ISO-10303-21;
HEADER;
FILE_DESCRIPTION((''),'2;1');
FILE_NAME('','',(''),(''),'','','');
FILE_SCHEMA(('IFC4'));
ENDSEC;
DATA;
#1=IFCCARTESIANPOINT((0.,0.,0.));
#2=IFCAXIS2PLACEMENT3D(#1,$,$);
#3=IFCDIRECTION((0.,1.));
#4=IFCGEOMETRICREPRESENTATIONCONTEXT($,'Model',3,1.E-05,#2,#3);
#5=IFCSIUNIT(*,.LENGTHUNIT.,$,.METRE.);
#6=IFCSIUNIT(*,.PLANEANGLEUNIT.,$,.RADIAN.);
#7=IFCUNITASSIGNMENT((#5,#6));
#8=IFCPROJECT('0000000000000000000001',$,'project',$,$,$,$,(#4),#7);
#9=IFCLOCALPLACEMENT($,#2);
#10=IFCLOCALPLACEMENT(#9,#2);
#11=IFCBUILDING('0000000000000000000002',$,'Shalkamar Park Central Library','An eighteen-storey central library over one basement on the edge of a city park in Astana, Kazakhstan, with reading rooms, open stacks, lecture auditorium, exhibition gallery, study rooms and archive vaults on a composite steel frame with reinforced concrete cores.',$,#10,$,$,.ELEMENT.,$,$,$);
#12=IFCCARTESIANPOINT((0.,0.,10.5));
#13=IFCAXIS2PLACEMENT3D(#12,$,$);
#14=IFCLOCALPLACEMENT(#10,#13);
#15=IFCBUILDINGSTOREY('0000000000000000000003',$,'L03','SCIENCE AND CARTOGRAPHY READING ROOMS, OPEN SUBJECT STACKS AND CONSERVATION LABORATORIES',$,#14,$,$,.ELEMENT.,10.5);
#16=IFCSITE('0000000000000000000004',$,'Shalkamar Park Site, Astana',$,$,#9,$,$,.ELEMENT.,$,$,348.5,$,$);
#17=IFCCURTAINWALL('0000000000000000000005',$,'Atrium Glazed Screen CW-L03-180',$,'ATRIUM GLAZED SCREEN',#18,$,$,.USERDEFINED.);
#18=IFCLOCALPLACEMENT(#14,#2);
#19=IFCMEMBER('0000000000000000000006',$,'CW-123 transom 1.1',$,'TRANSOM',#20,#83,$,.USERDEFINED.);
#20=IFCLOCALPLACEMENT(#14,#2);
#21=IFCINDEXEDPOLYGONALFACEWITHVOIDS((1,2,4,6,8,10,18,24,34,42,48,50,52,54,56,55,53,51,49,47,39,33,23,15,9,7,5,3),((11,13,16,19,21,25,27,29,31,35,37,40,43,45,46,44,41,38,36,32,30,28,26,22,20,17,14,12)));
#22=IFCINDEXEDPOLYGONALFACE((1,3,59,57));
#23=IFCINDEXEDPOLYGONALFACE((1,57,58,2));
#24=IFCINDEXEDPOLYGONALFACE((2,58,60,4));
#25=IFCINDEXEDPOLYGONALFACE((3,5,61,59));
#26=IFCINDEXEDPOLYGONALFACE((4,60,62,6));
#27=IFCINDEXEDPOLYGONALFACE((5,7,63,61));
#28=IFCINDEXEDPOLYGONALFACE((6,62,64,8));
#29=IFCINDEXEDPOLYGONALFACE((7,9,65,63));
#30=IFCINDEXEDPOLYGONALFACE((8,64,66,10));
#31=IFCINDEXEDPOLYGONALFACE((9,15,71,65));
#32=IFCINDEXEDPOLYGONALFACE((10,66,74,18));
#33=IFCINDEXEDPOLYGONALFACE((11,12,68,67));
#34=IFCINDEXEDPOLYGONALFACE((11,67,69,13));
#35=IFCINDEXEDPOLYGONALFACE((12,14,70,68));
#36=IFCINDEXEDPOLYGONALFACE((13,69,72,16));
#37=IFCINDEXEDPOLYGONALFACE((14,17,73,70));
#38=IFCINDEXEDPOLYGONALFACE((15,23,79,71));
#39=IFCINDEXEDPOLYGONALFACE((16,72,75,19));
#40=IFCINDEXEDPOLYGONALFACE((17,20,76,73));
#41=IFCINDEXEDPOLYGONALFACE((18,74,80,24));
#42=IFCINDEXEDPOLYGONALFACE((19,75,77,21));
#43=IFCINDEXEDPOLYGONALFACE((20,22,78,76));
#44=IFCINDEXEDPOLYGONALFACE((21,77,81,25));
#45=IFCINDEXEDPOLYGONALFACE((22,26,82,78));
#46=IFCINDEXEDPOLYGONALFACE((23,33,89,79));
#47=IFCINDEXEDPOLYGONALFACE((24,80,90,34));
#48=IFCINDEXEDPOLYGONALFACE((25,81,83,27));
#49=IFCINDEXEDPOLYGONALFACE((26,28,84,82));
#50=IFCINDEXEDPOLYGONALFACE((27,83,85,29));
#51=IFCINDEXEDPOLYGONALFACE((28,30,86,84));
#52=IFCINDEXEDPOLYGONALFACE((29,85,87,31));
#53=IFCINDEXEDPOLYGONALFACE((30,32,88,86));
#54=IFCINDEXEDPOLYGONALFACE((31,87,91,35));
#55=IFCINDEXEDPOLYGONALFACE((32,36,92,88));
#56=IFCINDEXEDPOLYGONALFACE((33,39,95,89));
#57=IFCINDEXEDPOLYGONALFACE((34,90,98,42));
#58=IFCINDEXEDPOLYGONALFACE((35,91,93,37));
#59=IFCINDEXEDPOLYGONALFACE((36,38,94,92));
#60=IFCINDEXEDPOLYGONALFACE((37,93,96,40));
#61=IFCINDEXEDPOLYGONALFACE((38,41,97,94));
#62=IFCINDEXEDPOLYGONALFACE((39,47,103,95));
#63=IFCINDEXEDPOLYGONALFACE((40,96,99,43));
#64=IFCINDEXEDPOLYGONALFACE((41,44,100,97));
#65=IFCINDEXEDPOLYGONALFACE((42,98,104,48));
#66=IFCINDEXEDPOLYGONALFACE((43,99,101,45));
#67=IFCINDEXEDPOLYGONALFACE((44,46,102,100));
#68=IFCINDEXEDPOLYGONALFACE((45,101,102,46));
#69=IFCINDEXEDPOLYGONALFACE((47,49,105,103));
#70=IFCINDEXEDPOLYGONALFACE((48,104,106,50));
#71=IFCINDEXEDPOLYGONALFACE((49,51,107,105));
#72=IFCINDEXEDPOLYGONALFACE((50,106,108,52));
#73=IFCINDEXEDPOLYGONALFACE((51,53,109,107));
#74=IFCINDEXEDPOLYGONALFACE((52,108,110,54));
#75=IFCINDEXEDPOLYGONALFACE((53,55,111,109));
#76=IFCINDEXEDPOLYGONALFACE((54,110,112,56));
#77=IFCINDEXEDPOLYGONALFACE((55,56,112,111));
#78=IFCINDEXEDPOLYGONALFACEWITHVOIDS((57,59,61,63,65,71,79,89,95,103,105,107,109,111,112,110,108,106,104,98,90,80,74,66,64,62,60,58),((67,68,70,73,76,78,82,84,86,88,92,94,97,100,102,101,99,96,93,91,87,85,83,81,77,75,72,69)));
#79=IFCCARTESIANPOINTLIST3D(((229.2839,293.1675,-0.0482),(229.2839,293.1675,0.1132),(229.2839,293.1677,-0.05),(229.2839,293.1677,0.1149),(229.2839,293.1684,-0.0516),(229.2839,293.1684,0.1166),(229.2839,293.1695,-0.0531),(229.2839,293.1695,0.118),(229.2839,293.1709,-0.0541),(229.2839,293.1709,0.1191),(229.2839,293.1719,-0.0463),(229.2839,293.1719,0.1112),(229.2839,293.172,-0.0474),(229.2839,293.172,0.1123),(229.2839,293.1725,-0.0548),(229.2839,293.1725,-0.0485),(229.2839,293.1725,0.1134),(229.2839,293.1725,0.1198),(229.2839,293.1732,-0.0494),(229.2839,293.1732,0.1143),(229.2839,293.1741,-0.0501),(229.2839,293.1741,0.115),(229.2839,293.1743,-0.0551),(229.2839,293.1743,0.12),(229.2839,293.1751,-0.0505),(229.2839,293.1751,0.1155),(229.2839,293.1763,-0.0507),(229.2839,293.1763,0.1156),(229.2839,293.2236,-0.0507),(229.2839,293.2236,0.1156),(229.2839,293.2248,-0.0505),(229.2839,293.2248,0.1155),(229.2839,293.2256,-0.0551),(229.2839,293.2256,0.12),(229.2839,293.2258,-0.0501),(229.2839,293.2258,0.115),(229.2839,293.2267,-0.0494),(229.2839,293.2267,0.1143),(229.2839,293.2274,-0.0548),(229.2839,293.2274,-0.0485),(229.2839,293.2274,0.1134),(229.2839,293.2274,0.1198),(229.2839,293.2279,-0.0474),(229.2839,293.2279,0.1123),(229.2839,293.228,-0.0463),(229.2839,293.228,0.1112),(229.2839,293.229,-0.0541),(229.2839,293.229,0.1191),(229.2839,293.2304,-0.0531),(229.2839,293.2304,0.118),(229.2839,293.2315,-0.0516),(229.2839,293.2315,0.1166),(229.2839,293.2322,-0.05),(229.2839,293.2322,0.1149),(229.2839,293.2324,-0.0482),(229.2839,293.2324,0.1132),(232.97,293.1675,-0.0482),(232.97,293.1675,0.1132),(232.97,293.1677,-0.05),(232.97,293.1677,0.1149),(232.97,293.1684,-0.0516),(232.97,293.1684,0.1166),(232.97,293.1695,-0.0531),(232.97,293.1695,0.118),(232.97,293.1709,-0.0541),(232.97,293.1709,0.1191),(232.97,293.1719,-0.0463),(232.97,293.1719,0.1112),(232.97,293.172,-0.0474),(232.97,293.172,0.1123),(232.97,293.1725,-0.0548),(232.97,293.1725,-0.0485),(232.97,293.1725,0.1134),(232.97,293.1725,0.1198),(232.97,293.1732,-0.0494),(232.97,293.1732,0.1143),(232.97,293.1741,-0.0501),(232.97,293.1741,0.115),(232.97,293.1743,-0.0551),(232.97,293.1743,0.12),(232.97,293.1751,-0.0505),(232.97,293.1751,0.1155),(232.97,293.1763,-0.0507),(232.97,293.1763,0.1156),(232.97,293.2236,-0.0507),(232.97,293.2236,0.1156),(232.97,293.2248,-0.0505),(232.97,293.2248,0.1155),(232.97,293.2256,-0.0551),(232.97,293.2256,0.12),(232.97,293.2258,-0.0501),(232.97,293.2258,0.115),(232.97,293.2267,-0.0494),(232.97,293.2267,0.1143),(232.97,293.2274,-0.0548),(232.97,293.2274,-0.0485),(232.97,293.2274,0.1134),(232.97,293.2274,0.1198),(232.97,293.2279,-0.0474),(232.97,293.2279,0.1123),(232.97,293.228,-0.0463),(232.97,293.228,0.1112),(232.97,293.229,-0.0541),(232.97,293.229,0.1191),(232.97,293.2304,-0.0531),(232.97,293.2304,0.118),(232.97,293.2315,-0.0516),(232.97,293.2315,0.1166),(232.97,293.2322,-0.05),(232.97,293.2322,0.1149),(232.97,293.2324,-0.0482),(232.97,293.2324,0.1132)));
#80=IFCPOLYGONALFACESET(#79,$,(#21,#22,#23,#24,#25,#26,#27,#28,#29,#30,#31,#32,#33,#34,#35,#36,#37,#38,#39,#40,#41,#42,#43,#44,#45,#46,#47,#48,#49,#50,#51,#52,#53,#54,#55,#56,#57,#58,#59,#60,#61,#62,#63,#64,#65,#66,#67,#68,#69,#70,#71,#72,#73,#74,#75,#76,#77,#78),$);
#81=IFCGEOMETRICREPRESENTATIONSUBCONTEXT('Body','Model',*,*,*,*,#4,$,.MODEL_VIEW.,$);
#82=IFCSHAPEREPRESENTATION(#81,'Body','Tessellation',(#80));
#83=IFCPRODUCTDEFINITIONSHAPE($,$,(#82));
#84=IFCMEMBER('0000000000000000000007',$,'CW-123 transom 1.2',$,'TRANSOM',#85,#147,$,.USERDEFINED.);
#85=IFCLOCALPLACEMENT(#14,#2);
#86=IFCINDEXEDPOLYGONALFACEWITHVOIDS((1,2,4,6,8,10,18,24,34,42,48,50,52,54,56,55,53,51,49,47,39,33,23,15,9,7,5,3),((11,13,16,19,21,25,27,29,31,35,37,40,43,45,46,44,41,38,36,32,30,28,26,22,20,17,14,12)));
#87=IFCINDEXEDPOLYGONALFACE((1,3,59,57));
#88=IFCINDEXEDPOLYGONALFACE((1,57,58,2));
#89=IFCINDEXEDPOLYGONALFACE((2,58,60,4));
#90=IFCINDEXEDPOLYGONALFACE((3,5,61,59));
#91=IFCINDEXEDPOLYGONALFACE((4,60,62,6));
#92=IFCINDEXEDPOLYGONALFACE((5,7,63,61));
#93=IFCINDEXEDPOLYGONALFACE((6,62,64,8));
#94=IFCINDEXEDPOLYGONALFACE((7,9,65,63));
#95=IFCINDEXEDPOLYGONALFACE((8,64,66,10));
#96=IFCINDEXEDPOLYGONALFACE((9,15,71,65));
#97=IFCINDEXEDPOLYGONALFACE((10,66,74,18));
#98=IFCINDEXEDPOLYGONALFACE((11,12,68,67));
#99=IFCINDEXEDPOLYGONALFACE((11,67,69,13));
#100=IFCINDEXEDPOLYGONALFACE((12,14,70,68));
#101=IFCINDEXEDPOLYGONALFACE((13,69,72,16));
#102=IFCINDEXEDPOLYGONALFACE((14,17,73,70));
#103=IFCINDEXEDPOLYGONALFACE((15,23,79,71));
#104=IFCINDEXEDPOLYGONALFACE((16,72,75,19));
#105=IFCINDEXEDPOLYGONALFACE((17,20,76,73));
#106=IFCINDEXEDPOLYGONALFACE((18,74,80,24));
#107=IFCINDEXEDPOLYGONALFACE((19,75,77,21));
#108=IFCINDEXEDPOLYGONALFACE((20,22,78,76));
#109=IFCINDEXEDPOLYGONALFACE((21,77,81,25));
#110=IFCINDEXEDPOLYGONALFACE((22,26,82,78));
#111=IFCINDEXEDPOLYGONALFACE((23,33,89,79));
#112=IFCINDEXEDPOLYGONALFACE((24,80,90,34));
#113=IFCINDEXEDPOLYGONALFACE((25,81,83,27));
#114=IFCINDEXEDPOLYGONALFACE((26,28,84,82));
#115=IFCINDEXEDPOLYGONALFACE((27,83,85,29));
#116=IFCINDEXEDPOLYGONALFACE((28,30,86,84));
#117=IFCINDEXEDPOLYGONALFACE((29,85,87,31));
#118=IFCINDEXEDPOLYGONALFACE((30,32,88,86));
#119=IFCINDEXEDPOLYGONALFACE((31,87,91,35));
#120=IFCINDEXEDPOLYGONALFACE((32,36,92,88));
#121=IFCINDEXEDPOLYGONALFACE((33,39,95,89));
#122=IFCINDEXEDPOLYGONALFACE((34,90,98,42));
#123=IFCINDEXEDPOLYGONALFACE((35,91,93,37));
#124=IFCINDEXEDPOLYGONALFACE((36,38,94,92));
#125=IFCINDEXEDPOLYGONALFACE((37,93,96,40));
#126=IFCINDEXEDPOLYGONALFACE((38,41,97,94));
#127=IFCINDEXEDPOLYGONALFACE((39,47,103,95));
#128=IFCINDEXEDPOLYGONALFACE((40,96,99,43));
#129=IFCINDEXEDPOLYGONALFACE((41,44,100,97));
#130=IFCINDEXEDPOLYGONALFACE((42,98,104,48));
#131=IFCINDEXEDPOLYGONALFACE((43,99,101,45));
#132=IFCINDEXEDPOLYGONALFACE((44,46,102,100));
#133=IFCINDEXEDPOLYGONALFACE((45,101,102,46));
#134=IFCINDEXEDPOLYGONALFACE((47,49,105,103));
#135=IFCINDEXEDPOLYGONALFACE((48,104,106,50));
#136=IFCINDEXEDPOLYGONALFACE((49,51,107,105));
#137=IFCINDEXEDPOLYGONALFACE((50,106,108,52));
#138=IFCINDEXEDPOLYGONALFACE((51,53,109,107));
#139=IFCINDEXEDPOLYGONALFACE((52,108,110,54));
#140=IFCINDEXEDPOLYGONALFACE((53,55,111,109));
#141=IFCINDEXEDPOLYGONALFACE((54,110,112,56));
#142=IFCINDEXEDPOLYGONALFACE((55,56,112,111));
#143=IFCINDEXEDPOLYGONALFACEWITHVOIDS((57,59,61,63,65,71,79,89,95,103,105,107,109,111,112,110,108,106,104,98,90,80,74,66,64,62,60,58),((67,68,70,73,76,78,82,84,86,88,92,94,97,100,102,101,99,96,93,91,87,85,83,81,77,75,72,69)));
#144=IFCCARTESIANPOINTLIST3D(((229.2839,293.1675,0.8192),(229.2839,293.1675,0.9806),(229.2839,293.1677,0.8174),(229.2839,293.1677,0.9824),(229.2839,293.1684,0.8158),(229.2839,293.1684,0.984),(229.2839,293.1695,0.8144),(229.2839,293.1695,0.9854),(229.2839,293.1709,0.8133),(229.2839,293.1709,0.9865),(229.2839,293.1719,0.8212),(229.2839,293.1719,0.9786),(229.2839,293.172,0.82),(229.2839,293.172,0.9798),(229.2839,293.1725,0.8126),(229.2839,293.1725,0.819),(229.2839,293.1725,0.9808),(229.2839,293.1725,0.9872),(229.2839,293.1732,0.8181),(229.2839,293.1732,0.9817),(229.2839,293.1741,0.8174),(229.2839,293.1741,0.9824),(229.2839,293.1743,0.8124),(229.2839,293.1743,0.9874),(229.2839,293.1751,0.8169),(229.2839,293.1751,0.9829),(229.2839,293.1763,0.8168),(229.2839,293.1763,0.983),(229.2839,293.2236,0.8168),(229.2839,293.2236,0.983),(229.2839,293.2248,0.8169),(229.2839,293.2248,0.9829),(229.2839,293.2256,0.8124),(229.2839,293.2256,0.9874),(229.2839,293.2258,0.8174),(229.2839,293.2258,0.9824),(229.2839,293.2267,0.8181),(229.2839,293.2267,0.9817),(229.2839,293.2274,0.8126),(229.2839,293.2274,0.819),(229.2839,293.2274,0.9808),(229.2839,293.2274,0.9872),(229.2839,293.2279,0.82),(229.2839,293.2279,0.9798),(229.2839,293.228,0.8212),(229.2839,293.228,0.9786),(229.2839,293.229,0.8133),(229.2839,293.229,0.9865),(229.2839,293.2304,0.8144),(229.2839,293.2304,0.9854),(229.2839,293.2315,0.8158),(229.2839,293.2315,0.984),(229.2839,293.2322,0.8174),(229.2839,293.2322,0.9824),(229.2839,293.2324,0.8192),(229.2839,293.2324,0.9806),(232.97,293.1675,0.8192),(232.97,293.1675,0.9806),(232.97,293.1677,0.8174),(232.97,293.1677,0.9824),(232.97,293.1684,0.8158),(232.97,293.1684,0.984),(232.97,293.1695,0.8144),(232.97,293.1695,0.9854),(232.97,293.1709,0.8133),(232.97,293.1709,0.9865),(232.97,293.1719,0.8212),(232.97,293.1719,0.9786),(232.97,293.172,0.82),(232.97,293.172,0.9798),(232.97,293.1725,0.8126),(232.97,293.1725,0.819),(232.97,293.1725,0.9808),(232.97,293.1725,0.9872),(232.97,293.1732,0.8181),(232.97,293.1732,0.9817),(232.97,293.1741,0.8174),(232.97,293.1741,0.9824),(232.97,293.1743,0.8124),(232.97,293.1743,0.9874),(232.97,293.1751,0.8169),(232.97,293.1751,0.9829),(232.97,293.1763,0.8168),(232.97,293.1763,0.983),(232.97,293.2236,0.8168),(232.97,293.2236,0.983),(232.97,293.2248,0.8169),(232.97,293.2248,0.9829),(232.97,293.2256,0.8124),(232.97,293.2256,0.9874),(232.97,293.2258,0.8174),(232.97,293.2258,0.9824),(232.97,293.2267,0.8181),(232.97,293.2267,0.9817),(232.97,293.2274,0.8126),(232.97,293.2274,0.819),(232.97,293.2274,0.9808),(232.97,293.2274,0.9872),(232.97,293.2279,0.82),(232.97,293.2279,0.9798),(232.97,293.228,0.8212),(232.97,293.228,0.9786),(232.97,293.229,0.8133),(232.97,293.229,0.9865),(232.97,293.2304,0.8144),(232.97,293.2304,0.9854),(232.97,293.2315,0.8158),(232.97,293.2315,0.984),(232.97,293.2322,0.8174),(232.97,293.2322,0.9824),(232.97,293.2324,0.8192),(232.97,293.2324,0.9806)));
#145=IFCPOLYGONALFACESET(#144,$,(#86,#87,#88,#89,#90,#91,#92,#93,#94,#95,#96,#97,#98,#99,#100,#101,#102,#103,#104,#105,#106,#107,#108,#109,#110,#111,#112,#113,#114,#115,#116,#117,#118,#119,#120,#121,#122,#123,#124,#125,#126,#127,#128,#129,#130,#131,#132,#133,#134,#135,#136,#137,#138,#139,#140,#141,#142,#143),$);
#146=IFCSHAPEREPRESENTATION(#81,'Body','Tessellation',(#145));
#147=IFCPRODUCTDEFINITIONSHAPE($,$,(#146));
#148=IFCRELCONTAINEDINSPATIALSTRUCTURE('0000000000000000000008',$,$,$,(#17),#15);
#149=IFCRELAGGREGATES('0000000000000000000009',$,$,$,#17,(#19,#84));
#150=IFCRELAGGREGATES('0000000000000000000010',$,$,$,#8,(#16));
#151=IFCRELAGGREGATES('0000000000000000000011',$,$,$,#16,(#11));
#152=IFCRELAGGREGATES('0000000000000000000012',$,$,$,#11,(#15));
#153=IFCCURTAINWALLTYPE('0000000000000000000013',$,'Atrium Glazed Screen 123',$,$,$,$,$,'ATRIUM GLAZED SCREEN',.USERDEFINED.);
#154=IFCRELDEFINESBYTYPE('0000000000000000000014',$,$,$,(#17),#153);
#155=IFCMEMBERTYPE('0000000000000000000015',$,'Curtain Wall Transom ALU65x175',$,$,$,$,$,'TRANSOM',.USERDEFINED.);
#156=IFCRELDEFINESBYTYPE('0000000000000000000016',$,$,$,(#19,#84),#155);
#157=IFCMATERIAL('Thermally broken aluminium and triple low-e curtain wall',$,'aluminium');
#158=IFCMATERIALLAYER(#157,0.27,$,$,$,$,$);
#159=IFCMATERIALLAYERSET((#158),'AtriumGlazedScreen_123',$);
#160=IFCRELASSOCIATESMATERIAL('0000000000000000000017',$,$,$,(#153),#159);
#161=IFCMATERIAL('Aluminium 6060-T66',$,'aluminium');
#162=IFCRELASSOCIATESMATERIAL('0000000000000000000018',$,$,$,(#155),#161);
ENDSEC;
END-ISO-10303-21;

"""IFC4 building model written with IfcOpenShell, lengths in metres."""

from ifc_helpers import new_model, si_unit, direction, frame, origin, origin_2d, place, context, subcontext, project, spatial, hollow_rectangle, extrude, material, layer, layer_set, material_profile, profile_set, type_object, element, aggregate, save


model = new_model("IFC4")

# Units and contexts
model_context = context("Model", 3, precision=1e-05, world=origin(), true_north=direction((0.0, 1.0)))
body_context = subcontext(model_context, "Body", "Model", "MODEL_VIEW")
ifc_project = project(units=[si_unit("LENGTHUNIT", "METRE"), si_unit("PLANEANGLEUNIT", "RADIAN")], contexts=[model_context])

# Site, building, storey
site_placement = place(None, origin())
site = spatial("IfcSite", under=ifc_project, at=site_placement, Name="Shalkamar Park Site, Astana", CompositionType="ELEMENT", RefElevation=348.5)
building_placement = place(site_placement, origin())
building = spatial("IfcBuilding", under=site, at=building_placement, Name="Shalkamar Park Central Library", Description="An eighteen-storey central library over one basement on the edge of a city park in Astana, Kazakhstan, with reading rooms, open stacks, lecture auditorium, exhibition gallery, study rooms and archive vaults on a composite steel frame with reinforced concrete cores.", CompositionType="ELEMENT")
storey_placement = place(building_placement, frame((0.0, 0.0, 10.5)))
storey = spatial("IfcBuildingStorey", under=building, at=storey_placement, Name="L03", Description="SCIENCE AND CARTOGRAPHY READING ROOMS, OPEN SUBJECT STACKS AND CONSERVATION LABORATORIES", CompositionType="ELEMENT", Elevation=10.5)

# Curtain wall, members
ifc_material_1 = material(Name="Thermally broken aluminium and triple low-e curtain wall", Category="aluminium")
ifc_layer_1 = layer(ifc_material_1, 0.27)
ifc_layer_set_1 = layer_set([ifc_layer_1], Name="AtriumGlazedScreen_123")
curtain_wall_type = type_object("IfcCurtainWallType", Name="Atrium Glazed Screen 123", ElementType="ATRIUM GLAZED SCREEN", PredefinedType="USERDEFINED", material=ifc_layer_set_1)
curtain_wall_placement = place(storey_placement, origin())
curtain_wall = element("IfcCurtainWall", 1, at=curtain_wall_placement, inside=storey, type_object=curtain_wall_type, Name="Atrium Glazed Screen CW-L03-180", ObjectType="ATRIUM GLAZED SCREEN", PredefinedType="USERDEFINED")
ifc_material_2 = material(Name="Aluminium 6060-T66", Category="aluminium")
ifc_material_profile_1 = material_profile(ifc_material_2, hollow_rectangle(XDim=0.0649, YDim=0.175, WallThickness=0.0044, InnerFilletRadius=0.0044, OuterFilletRadius=0.0068, at=origin_2d()), Name="ALU 65x175x4.5")
ifc_profile_set_1 = profile_set([ifc_material_profile_1], Name="Aluminium 6060-T66")
member_type_1 = type_object("IfcMemberType", Name="Curtain Wall Transom ALU65x175", ElementType="TRANSOM", PredefinedType="USERDEFINED", material=ifc_profile_set_1)
member_1_placement = place(storey_placement, frame((229.2839, 293.2, 0.0325), z_axis=(1.0, 0.0, 0.0), x_axis=(0.0, 1.0, 0.0)))
member_1 = element("IfcMember", 2, at=member_1_placement, type_object=member_type_1, Name="CW-123 transom 1.1", ObjectType="TRANSOM", PredefinedType="USERDEFINED", context=body_context, shape_type="SweptSolid", body=[
    extrude(hollow_rectangle(XDim=0.0649, YDim=0.175, WallThickness=0.0044, InnerFilletRadius=0.0044, OuterFilletRadius=0.0068, at=origin_2d()), origin(), (0.0, 0.0, 1.0), 3.686),
])
member_2_placement = place(storey_placement, frame((229.2839, 293.2, 0.8999), z_axis=(1.0, 0.0, 0.0), x_axis=(0.0, 1.0, 0.0)))
member_2 = element("IfcMember", 3, at=member_2_placement, type_object=member_type_1, Name="CW-123 transom 1.2", ObjectType="TRANSOM", PredefinedType="USERDEFINED", context=body_context, shape_type="SweptSolid", body=[
    extrude(hollow_rectangle(XDim=0.0649, YDim=0.175, WallThickness=0.0044, InnerFilletRadius=0.0044, OuterFilletRadius=0.0068, at=origin_2d()), origin(), (0.0, 0.0, 1.0), 3.686),
])

aggregate(curtain_wall, [member_1, member_2])

save(model, "model.ifc")
